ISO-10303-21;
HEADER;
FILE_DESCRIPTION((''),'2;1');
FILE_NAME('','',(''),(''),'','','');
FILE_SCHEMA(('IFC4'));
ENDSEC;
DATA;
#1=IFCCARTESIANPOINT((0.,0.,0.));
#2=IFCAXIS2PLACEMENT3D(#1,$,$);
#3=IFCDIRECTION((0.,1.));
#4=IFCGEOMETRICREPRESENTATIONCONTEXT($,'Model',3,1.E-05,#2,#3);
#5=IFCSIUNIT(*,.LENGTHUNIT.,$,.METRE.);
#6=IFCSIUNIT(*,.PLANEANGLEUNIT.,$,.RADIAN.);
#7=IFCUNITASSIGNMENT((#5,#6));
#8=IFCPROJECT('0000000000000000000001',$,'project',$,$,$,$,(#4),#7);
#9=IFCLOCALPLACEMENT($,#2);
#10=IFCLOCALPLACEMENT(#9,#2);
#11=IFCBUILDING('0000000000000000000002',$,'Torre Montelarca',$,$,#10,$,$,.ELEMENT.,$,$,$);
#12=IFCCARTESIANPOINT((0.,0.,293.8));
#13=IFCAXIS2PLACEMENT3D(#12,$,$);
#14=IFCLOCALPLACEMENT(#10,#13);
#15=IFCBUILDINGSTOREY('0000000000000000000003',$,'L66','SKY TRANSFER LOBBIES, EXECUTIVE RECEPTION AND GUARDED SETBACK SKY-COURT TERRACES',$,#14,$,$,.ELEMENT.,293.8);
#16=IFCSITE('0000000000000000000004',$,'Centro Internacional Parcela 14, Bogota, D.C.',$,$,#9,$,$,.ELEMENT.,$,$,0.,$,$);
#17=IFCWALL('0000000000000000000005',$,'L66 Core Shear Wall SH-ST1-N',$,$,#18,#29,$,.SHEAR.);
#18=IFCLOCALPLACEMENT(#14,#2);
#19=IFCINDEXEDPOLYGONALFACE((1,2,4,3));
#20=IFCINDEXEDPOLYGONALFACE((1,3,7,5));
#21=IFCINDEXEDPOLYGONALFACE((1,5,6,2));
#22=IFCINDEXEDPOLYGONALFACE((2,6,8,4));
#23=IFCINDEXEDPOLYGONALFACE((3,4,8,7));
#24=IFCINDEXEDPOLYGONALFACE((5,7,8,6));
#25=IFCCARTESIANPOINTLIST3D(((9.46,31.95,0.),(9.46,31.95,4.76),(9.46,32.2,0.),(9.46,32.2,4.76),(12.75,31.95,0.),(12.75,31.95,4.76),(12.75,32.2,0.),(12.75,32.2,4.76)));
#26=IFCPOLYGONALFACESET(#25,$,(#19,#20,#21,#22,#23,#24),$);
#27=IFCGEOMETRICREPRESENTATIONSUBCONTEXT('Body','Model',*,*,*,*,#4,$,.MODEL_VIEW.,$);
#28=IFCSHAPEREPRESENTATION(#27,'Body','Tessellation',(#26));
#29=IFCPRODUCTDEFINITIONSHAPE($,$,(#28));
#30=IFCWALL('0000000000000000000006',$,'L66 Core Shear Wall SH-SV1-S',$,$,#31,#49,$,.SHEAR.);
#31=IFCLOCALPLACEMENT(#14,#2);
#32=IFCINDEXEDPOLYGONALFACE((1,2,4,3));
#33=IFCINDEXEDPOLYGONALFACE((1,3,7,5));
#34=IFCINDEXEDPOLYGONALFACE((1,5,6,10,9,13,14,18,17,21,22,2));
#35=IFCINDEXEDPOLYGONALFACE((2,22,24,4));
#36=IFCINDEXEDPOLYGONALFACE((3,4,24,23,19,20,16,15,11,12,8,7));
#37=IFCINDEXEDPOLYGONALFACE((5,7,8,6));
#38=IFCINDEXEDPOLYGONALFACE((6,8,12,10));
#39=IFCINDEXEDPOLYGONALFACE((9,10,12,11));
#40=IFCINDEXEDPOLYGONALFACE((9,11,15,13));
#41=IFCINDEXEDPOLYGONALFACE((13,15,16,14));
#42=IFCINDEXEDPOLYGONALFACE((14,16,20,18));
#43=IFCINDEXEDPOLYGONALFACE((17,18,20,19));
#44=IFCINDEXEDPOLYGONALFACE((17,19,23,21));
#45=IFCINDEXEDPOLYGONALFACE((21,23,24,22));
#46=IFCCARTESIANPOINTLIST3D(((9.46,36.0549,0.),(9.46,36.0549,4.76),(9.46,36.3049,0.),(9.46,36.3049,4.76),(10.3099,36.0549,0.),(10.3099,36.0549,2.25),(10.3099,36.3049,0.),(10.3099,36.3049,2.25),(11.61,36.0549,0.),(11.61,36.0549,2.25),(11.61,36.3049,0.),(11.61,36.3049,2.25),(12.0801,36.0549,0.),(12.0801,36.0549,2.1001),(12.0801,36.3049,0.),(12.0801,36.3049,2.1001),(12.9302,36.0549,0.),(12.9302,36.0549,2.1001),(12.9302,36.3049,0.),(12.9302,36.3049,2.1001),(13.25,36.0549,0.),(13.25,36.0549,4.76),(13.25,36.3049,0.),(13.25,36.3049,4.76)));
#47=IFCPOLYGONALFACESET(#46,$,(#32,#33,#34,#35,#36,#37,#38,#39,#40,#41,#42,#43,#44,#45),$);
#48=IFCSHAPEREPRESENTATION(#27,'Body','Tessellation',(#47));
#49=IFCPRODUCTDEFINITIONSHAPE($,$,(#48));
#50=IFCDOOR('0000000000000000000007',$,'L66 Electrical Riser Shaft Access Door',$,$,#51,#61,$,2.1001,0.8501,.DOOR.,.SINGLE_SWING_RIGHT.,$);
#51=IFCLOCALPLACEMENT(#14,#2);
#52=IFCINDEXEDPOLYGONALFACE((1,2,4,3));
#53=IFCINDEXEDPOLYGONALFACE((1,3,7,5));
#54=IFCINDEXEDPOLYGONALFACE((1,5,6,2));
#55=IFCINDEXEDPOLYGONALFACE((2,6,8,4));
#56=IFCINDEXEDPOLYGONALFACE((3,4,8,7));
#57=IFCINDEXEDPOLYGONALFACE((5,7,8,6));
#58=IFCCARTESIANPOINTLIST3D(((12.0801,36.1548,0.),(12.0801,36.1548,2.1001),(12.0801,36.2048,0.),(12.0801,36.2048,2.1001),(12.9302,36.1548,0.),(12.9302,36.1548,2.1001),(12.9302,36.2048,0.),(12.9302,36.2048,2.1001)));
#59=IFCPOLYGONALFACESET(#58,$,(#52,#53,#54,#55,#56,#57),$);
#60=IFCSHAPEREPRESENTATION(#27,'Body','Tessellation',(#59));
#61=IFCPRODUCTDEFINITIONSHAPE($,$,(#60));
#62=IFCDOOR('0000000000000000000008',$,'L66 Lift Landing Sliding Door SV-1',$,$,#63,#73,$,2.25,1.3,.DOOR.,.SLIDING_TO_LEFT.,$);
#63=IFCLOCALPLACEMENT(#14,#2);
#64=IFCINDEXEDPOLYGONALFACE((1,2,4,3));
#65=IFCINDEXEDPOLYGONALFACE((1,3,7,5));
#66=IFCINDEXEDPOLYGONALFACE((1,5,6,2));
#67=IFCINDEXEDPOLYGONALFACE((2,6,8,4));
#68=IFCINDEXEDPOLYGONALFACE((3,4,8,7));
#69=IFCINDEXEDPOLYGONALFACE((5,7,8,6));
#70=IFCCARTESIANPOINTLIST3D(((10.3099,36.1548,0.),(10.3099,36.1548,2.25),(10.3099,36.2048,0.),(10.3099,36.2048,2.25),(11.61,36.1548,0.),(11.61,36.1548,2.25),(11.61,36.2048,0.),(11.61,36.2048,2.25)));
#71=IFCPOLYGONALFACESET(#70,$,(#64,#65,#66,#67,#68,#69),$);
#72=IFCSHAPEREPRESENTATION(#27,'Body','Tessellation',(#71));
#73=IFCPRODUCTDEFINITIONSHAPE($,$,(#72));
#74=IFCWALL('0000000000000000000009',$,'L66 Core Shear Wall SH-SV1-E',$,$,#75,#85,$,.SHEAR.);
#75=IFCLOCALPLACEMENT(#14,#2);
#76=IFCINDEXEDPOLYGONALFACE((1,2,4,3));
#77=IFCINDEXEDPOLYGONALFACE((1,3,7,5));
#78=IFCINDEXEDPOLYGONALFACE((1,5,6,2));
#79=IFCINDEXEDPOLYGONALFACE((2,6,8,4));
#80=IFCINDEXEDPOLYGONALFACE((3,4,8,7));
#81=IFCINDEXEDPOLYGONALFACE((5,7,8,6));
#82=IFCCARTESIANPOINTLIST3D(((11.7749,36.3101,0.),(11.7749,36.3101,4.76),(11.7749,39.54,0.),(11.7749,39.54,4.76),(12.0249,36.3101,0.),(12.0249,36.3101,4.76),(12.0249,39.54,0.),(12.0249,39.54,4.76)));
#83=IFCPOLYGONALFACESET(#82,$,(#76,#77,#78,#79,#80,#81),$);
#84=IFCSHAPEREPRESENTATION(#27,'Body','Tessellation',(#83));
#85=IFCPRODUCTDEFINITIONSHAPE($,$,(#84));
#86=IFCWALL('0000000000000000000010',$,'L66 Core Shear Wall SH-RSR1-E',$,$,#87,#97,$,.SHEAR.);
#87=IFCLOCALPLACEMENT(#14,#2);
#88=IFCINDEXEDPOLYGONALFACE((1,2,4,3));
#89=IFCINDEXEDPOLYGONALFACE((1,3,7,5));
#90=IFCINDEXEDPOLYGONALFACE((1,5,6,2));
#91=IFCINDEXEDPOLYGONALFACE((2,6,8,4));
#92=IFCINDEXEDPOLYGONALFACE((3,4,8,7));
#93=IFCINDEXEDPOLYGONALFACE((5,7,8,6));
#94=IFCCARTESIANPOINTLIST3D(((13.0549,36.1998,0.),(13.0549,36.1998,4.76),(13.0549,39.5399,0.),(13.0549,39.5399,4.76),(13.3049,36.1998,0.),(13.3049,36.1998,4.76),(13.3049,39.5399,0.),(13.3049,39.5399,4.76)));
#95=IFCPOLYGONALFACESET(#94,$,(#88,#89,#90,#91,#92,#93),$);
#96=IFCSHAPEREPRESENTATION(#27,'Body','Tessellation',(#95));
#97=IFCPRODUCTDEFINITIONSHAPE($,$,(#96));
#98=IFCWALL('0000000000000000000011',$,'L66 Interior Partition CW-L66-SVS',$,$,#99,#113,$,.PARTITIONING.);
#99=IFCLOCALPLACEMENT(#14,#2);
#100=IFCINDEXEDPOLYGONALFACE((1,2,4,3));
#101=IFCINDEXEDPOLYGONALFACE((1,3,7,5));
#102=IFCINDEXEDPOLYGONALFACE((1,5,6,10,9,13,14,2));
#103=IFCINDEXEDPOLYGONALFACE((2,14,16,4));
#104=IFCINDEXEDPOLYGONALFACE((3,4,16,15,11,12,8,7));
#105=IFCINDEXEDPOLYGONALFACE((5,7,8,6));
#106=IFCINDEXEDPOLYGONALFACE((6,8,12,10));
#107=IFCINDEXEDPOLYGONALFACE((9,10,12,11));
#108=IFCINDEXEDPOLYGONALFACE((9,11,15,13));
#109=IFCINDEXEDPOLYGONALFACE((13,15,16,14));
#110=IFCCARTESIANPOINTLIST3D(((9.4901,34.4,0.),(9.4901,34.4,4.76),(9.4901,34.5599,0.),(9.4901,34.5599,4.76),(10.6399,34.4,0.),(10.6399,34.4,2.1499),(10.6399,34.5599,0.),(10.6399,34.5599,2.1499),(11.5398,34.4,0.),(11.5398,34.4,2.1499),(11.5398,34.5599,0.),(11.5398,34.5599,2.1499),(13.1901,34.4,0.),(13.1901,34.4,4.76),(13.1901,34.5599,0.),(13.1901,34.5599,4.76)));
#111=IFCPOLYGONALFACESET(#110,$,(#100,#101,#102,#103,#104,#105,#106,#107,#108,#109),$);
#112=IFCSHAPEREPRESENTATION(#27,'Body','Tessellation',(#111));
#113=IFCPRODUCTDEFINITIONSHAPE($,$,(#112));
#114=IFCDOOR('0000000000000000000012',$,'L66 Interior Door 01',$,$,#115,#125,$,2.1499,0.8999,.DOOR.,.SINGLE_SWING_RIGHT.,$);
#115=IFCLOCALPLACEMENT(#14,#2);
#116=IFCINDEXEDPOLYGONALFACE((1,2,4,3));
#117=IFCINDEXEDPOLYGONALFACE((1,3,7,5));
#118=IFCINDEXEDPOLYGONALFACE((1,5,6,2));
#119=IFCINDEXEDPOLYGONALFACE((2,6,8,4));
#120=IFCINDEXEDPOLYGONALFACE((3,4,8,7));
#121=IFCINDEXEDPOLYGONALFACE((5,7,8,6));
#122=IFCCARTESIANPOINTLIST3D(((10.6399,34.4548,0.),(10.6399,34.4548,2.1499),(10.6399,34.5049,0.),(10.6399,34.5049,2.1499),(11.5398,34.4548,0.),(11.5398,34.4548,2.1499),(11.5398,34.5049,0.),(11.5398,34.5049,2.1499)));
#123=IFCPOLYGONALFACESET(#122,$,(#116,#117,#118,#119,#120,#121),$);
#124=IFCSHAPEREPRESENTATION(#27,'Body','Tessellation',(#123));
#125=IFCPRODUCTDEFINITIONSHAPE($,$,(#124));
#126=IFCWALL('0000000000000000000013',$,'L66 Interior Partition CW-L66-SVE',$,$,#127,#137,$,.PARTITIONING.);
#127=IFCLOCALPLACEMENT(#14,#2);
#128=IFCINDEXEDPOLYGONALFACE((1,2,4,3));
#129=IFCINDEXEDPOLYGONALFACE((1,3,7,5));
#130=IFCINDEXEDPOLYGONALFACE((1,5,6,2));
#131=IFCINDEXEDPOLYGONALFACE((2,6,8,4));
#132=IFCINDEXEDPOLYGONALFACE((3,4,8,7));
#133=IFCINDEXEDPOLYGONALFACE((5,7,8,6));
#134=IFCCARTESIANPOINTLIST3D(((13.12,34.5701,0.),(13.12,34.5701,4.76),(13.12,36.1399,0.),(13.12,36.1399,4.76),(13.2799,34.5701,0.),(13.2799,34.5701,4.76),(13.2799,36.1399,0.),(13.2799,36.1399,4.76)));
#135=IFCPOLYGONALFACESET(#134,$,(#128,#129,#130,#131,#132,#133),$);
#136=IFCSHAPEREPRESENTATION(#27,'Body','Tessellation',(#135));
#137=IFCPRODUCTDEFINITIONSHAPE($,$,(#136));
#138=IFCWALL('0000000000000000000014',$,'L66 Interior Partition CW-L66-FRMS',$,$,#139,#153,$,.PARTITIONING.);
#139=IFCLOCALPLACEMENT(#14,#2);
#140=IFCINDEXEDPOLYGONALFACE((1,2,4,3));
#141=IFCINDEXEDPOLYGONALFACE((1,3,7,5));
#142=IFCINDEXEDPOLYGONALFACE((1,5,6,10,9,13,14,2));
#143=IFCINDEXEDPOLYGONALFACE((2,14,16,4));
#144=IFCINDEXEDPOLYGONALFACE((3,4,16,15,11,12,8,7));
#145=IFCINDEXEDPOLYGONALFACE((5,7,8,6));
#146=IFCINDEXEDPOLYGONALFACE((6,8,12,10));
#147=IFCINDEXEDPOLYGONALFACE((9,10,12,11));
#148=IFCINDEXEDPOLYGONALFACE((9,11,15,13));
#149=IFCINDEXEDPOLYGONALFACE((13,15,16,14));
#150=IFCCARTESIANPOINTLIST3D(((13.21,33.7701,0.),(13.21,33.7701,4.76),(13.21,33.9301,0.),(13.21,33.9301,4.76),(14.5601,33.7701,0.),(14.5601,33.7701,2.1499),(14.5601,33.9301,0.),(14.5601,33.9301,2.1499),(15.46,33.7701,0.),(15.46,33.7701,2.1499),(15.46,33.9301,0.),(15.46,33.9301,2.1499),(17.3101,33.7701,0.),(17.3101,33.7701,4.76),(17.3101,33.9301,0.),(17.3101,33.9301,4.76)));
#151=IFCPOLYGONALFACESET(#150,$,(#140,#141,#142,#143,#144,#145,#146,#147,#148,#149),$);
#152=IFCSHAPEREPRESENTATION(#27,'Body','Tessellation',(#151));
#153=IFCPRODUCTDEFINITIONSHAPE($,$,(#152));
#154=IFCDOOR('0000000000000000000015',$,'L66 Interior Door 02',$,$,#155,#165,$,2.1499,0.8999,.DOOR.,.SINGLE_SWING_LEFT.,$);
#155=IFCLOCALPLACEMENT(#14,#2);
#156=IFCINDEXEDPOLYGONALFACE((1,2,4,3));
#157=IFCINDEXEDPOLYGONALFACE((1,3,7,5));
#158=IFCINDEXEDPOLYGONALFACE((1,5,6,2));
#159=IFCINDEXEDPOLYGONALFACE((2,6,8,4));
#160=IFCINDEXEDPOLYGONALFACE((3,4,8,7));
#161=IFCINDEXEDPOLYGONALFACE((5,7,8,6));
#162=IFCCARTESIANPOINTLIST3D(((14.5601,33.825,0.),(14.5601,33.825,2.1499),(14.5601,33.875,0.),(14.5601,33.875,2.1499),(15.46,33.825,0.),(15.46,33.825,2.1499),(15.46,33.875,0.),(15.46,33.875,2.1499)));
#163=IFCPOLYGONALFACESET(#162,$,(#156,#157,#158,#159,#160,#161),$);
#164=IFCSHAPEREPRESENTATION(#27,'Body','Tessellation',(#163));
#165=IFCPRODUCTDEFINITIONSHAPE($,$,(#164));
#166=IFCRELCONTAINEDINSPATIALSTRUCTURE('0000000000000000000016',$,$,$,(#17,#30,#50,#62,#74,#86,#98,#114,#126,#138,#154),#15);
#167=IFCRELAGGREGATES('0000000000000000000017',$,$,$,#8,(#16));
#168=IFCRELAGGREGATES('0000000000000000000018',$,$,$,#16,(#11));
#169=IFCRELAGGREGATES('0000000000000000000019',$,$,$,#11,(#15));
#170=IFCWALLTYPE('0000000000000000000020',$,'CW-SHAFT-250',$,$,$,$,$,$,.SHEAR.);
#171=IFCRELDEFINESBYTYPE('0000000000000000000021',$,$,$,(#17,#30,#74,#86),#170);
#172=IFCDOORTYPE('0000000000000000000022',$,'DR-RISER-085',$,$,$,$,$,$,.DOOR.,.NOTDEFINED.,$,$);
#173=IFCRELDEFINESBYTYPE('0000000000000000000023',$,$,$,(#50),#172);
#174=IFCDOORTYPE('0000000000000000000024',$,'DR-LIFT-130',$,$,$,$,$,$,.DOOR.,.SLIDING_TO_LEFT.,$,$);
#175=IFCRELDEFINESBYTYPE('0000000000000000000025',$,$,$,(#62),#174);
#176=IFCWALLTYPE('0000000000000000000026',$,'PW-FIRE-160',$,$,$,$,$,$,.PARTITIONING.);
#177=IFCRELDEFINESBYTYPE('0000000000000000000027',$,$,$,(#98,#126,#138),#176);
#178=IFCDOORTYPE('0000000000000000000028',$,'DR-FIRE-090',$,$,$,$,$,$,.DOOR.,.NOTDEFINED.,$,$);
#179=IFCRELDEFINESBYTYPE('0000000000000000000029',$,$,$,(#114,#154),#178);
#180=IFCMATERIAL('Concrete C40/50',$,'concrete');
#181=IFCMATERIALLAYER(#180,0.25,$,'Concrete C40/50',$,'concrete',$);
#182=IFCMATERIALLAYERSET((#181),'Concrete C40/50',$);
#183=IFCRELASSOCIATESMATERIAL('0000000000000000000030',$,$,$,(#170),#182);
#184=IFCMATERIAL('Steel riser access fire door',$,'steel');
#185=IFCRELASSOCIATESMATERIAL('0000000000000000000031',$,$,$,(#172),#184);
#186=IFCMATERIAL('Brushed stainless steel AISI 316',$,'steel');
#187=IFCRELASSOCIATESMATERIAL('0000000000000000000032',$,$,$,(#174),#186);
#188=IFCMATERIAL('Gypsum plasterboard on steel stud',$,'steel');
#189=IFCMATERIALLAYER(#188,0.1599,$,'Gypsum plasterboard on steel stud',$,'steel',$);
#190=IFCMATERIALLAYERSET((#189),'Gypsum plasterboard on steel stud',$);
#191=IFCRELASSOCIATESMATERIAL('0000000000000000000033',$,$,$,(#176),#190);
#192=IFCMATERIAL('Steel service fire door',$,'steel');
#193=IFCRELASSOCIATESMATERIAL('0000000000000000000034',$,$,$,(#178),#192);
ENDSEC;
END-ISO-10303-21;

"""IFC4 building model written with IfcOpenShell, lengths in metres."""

from ifc_helpers import new_model, si_unit, direction, frame, frame_2d, origin, place, context, subcontext, project, spatial, rectangle, extrude, source, transform, mapped, material, layer, layer_set, type_object, element, fill, save


model = new_model("IFC4")

# Units and contexts
model_context = context("Model", 3, precision=1e-05, world=origin(), true_north=direction((0.0, 1.0)))
body_context = subcontext(model_context, "Body", "Model", "MODEL_VIEW")
ifc_project = project(units=[si_unit("LENGTHUNIT", "METRE"), si_unit("PLANEANGLEUNIT", "RADIAN")], contexts=[model_context])

# Site, building, storey
site_placement = place(None, origin())
site = spatial("IfcSite", under=ifc_project, at=site_placement, Name="Centro Internacional Parcela 14, Bogota, D.C.", CompositionType="ELEMENT", RefElevation=0.0)
building_placement = place(site_placement, origin())
building = spatial("IfcBuilding", under=site, at=building_placement, Name="Torre Montelarca", CompositionType="ELEMENT")
storey_placement = place(building_placement, frame((0.0, 0.0, 293.8)))
storey = spatial("IfcBuildingStorey", under=building, at=storey_placement, Name="L66", Description="SKY TRANSFER LOBBIES, EXECUTIVE RECEPTION AND GUARDED SETBACK SKY-COURT TERRACES", CompositionType="ELEMENT", Elevation=293.8)

# Wall
ifc_material_1 = material(Name="Concrete C40/50", Category="concrete")
ifc_layer_1 = layer(ifc_material_1, 0.25, Name="Concrete C40/50", Category="concrete")
ifc_layer_set_1 = layer_set([ifc_layer_1], Name="Concrete C40/50")
wall_type_1 = type_object("IfcWallType", Name="CW-SHAFT-250", PredefinedType="SHEAR", material=ifc_layer_set_1)
wall_1_placement = place(storey_placement, frame((9.46, 32.075, 0.0), z_axis=(0.0, 0.0, 1.0), x_axis=(1.0, 0.0, 0.0)))
element("IfcWall", 1, at=wall_1_placement, inside=storey, type_object=wall_type_1, Name="L66 Core Shear Wall SH-ST1-N", PredefinedType="SHEAR", context=body_context, shape_type="SweptSolid", body=[
    extrude(rectangle(XDim=3.29, YDim=0.25, at=frame_2d((1.645, 0.0))), origin(), (0.0, 0.0, 1.0), 4.76),
])

# Wall, openings, doors
wall_2_placement = place(storey_placement, frame((9.46, 36.1799, 0.0), z_axis=(0.0, 0.0, 1.0), x_axis=(1.0, 0.0, 0.0)))
wall_2 = element("IfcWall", 2, at=wall_2_placement, inside=storey, type_object=wall_type_1, Name="L66 Core Shear Wall SH-SV1-S", PredefinedType="SHEAR", context=body_context, shape_type="SweptSolid", body=[
    extrude(rectangle(XDim=3.79, YDim=0.25, at=frame_2d((1.895, 0.0))), origin(), (0.0, 0.0, 1.0), 4.76),
])
opening_1_placement = place(wall_2_placement, frame((2.6201, 0.0, 0.0)))
opening_1 = element("IfcOpeningElement", 3, at=opening_1_placement, cuts=wall_2, PredefinedType="OPENING", context=body_context, shape_type="SweptSolid", body=[
    extrude(rectangle(XDim=0.8501, YDim=2.1001, at=frame_2d((0.425, 1.05))), frame((0.0, 0.135, 0.0), z_axis=(0.0, -1.0, 0.0), x_axis=(1.0, 0.0, 0.0)), (0.0, 0.0, 1.0), 0.27),
])
opening_2_placement = place(wall_2_placement, frame((0.8501, 0.0, 0.0)))
opening_2 = element("IfcOpeningElement", 4, at=opening_2_placement, cuts=wall_2, PredefinedType="OPENING", context=body_context, shape_type="SweptSolid", body=[
    extrude(rectangle(XDim=1.3, YDim=2.25, at=frame_2d((0.6499, 1.125))), frame((0.0, 0.135, 0.0), z_axis=(0.0, -1.0, 0.0), x_axis=(1.0, 0.0, 0.0)), (0.0, 0.0, 1.0), 0.27),
])
ifc_material_2 = material(Name="Steel riser access fire door", Category="steel")
door_type_1 = type_object("IfcDoorType", Name="DR-RISER-085", OperationType="NOTDEFINED", PredefinedType="DOOR", material=ifc_material_2)
shared_shape_1 = source(origin(), body_context, "Body", "SweptSolid", [
    extrude(rectangle(XDim=0.8501, YDim=2.1001, at=frame_2d((0.425, 1.05))), frame((0.0, 0.0249, 0.0), z_axis=(0.0, -1.0, 0.0), x_axis=(1.0, 0.0, 0.0)), (0.0, 0.0, 1.0), 0.05),
])
door_1_placement = place(opening_1_placement, origin())
door_1 = element("IfcDoor", 5, at=door_1_placement, inside=storey, type_object=door_type_1, Name="L66 Electrical Riser Shaft Access Door", OperationType="SINGLE_SWING_RIGHT", OverallHeight=2.1001, OverallWidth=0.8501, PredefinedType="DOOR", context=body_context, shape_type="MappedRepresentation", body=[
    mapped(shared_shape_1, transform((0.0, 0.0, 0.0), scale=1.0)),
])
fill(opening_1, door_1)
ifc_material_3 = material(Name="Brushed stainless steel AISI 316", Category="steel")
door_type_2 = type_object("IfcDoorType", Name="DR-LIFT-130", OperationType="SLIDING_TO_LEFT", PredefinedType="DOOR", material=ifc_material_3)
shared_shape_2 = source(origin(), body_context, "Body", "SweptSolid", [
    extrude(rectangle(XDim=1.3, YDim=2.25, at=frame_2d((0.6499, 1.125))), frame((0.0, 0.0249, 0.0), z_axis=(0.0, -1.0, 0.0), x_axis=(1.0, 0.0, 0.0)), (0.0, 0.0, 1.0), 0.05),
])
door_2_placement = place(opening_2_placement, origin())
door_2 = element("IfcDoor", 6, at=door_2_placement, inside=storey, type_object=door_type_2, Name="L66 Lift Landing Sliding Door SV-1", OperationType="SLIDING_TO_LEFT", OverallHeight=2.25, OverallWidth=1.3, PredefinedType="DOOR", context=body_context, shape_type="MappedRepresentation", body=[
    mapped(shared_shape_2, transform((0.0, 0.0, 0.0), scale=1.0)),
])
fill(opening_2, door_2)

# Walls
wall_3_placement = place(storey_placement, frame((11.8999, 36.3101, 0.0), z_axis=(0.0, 0.0, 1.0), x_axis=(0.0, 1.0, 0.0)))
element("IfcWall", 7, at=wall_3_placement, inside=storey, type_object=wall_type_1, Name="L66 Core Shear Wall SH-SV1-E", PredefinedType="SHEAR", context=body_context, shape_type="SweptSolid", body=[
    extrude(rectangle(XDim=3.23, YDim=0.25, at=frame_2d((1.615, 0.0))), origin(), (0.0, 0.0, 1.0), 4.76),
])
wall_4_placement = place(storey_placement, frame((13.1799, 36.2, 0.0), z_axis=(0.0, 0.0, 1.0), x_axis=(0.0, 1.0, 0.0)))
element("IfcWall", 8, at=wall_4_placement, inside=storey, type_object=wall_type_1, Name="L66 Core Shear Wall SH-RSR1-E", PredefinedType="SHEAR", context=body_context, shape_type="SweptSolid", body=[
    extrude(rectangle(XDim=3.3401, YDim=0.25, at=frame_2d((1.6699, 0.0))), origin(), (0.0, 0.0, 1.0), 4.76),
])

# Wall, opening, door
ifc_material_4 = material(Name="Gypsum plasterboard on steel stud", Category="steel")
ifc_layer_2 = layer(ifc_material_4, 0.1599, Name="Gypsum plasterboard on steel stud", Category="steel")
ifc_layer_set_2 = layer_set([ifc_layer_2], Name="Gypsum plasterboard on steel stud")
wall_type_2 = type_object("IfcWallType", Name="PW-FIRE-160", PredefinedType="PARTITIONING", material=ifc_layer_set_2)
wall_5_placement = place(storey_placement, frame((9.49, 34.48, 0.0), z_axis=(0.0, 0.0, 1.0), x_axis=(1.0, 0.0, 0.0)))
wall_5 = element("IfcWall", 9, at=wall_5_placement, inside=storey, type_object=wall_type_2, Name="L66 Interior Partition CW-L66-SVS", PredefinedType="PARTITIONING", context=body_context, shape_type="SweptSolid", body=[
    extrude(rectangle(XDim=3.7, YDim=0.1599, at=frame_2d((1.8501, 0.0))), origin(), (0.0, 0.0, 1.0), 4.76),
])
opening_3_placement = place(wall_5_placement, frame((1.1499, 0.0, 0.0)))
opening_3 = element("IfcOpeningElement", 10, at=opening_3_placement, cuts=wall_5, PredefinedType="OPENING", context=body_context, shape_type="SweptSolid", body=[
    extrude(rectangle(XDim=0.8999, YDim=2.1499, at=frame_2d((0.45, 1.075))), frame((0.0, 0.0898, 0.0), z_axis=(0.0, -1.0, 0.0), x_axis=(1.0, 0.0, 0.0)), (0.0, 0.0, 1.0), 0.1799),
])
ifc_material_5 = material(Name="Steel service fire door", Category="steel")
door_type_3 = type_object("IfcDoorType", Name="DR-FIRE-090", OperationType="NOTDEFINED", PredefinedType="DOOR", material=ifc_material_5)
shared_shape_3 = source(origin(), body_context, "Body", "SweptSolid", [
    extrude(rectangle(XDim=0.8999, YDim=2.1499, at=frame_2d((0.45, 1.075))), frame((0.0, 0.0249, 0.0), z_axis=(0.0, -1.0, 0.0), x_axis=(1.0, 0.0, 0.0)), (0.0, 0.0, 1.0), 0.05),
])
door_3_placement = place(opening_3_placement, origin())
door_3 = element("IfcDoor", 11, at=door_3_placement, inside=storey, type_object=door_type_3, Name="L66 Interior Door 01", OperationType="SINGLE_SWING_RIGHT", OverallHeight=2.1499, OverallWidth=0.8999, PredefinedType="DOOR", context=body_context, shape_type="MappedRepresentation", body=[
    mapped(shared_shape_3, transform((0.0, 0.0, 0.0), scale=1.0)),
])
fill(opening_3, door_3)

# Wall
wall_6_placement = place(storey_placement, frame((13.2, 34.5701, 0.0), z_axis=(0.0, 0.0, 1.0), x_axis=(0.0, 1.0, 0.0)))
element("IfcWall", 12, at=wall_6_placement, inside=storey, type_object=wall_type_2, Name="L66 Interior Partition CW-L66-SVE", PredefinedType="PARTITIONING", context=body_context, shape_type="SweptSolid", body=[
    extrude(rectangle(XDim=1.5698, YDim=0.1599, at=frame_2d((0.7849, 0.0))), origin(), (0.0, 0.0, 1.0), 4.76),
])

# Wall, opening, door
wall_7_placement = place(storey_placement, frame((13.21, 33.8501, 0.0), z_axis=(0.0, 0.0, 1.0), x_axis=(1.0, 0.0, 0.0)))
wall_7 = element("IfcWall", 13, at=wall_7_placement, inside=storey, type_object=wall_type_2, Name="L66 Interior Partition CW-L66-FRMS", PredefinedType="PARTITIONING", context=body_context, shape_type="SweptSolid", body=[
    extrude(rectangle(XDim=4.1001, YDim=0.1599, at=frame_2d((2.05, 0.0))), origin(), (0.0, 0.0, 1.0), 4.76),
])
opening_4_placement = place(wall_7_placement, frame((1.3501, 0.0, 0.0)))
opening_4 = element("IfcOpeningElement", 14, at=opening_4_placement, cuts=wall_7, PredefinedType="OPENING", context=body_context, shape_type="SweptSolid", body=[
    extrude(rectangle(XDim=0.8999, YDim=2.1499, at=frame_2d((0.45, 1.075))), frame((0.0, 0.0898, 0.0), z_axis=(0.0, -1.0, 0.0), x_axis=(1.0, 0.0, 0.0)), (0.0, 0.0, 1.0), 0.1799),
])
door_4_placement = place(opening_4_placement, origin())
door_4 = element("IfcDoor", 15, at=door_4_placement, inside=storey, type_object=door_type_3, Name="L66 Interior Door 02", OperationType="SINGLE_SWING_LEFT", OverallHeight=2.1499, OverallWidth=0.8999, PredefinedType="DOOR", context=body_context, shape_type="MappedRepresentation", body=[
    mapped(shared_shape_3, transform((0.0, 0.0, 0.0), scale=1.0)),
])
fill(opening_4, door_4)

save(model, "model.ifc")
